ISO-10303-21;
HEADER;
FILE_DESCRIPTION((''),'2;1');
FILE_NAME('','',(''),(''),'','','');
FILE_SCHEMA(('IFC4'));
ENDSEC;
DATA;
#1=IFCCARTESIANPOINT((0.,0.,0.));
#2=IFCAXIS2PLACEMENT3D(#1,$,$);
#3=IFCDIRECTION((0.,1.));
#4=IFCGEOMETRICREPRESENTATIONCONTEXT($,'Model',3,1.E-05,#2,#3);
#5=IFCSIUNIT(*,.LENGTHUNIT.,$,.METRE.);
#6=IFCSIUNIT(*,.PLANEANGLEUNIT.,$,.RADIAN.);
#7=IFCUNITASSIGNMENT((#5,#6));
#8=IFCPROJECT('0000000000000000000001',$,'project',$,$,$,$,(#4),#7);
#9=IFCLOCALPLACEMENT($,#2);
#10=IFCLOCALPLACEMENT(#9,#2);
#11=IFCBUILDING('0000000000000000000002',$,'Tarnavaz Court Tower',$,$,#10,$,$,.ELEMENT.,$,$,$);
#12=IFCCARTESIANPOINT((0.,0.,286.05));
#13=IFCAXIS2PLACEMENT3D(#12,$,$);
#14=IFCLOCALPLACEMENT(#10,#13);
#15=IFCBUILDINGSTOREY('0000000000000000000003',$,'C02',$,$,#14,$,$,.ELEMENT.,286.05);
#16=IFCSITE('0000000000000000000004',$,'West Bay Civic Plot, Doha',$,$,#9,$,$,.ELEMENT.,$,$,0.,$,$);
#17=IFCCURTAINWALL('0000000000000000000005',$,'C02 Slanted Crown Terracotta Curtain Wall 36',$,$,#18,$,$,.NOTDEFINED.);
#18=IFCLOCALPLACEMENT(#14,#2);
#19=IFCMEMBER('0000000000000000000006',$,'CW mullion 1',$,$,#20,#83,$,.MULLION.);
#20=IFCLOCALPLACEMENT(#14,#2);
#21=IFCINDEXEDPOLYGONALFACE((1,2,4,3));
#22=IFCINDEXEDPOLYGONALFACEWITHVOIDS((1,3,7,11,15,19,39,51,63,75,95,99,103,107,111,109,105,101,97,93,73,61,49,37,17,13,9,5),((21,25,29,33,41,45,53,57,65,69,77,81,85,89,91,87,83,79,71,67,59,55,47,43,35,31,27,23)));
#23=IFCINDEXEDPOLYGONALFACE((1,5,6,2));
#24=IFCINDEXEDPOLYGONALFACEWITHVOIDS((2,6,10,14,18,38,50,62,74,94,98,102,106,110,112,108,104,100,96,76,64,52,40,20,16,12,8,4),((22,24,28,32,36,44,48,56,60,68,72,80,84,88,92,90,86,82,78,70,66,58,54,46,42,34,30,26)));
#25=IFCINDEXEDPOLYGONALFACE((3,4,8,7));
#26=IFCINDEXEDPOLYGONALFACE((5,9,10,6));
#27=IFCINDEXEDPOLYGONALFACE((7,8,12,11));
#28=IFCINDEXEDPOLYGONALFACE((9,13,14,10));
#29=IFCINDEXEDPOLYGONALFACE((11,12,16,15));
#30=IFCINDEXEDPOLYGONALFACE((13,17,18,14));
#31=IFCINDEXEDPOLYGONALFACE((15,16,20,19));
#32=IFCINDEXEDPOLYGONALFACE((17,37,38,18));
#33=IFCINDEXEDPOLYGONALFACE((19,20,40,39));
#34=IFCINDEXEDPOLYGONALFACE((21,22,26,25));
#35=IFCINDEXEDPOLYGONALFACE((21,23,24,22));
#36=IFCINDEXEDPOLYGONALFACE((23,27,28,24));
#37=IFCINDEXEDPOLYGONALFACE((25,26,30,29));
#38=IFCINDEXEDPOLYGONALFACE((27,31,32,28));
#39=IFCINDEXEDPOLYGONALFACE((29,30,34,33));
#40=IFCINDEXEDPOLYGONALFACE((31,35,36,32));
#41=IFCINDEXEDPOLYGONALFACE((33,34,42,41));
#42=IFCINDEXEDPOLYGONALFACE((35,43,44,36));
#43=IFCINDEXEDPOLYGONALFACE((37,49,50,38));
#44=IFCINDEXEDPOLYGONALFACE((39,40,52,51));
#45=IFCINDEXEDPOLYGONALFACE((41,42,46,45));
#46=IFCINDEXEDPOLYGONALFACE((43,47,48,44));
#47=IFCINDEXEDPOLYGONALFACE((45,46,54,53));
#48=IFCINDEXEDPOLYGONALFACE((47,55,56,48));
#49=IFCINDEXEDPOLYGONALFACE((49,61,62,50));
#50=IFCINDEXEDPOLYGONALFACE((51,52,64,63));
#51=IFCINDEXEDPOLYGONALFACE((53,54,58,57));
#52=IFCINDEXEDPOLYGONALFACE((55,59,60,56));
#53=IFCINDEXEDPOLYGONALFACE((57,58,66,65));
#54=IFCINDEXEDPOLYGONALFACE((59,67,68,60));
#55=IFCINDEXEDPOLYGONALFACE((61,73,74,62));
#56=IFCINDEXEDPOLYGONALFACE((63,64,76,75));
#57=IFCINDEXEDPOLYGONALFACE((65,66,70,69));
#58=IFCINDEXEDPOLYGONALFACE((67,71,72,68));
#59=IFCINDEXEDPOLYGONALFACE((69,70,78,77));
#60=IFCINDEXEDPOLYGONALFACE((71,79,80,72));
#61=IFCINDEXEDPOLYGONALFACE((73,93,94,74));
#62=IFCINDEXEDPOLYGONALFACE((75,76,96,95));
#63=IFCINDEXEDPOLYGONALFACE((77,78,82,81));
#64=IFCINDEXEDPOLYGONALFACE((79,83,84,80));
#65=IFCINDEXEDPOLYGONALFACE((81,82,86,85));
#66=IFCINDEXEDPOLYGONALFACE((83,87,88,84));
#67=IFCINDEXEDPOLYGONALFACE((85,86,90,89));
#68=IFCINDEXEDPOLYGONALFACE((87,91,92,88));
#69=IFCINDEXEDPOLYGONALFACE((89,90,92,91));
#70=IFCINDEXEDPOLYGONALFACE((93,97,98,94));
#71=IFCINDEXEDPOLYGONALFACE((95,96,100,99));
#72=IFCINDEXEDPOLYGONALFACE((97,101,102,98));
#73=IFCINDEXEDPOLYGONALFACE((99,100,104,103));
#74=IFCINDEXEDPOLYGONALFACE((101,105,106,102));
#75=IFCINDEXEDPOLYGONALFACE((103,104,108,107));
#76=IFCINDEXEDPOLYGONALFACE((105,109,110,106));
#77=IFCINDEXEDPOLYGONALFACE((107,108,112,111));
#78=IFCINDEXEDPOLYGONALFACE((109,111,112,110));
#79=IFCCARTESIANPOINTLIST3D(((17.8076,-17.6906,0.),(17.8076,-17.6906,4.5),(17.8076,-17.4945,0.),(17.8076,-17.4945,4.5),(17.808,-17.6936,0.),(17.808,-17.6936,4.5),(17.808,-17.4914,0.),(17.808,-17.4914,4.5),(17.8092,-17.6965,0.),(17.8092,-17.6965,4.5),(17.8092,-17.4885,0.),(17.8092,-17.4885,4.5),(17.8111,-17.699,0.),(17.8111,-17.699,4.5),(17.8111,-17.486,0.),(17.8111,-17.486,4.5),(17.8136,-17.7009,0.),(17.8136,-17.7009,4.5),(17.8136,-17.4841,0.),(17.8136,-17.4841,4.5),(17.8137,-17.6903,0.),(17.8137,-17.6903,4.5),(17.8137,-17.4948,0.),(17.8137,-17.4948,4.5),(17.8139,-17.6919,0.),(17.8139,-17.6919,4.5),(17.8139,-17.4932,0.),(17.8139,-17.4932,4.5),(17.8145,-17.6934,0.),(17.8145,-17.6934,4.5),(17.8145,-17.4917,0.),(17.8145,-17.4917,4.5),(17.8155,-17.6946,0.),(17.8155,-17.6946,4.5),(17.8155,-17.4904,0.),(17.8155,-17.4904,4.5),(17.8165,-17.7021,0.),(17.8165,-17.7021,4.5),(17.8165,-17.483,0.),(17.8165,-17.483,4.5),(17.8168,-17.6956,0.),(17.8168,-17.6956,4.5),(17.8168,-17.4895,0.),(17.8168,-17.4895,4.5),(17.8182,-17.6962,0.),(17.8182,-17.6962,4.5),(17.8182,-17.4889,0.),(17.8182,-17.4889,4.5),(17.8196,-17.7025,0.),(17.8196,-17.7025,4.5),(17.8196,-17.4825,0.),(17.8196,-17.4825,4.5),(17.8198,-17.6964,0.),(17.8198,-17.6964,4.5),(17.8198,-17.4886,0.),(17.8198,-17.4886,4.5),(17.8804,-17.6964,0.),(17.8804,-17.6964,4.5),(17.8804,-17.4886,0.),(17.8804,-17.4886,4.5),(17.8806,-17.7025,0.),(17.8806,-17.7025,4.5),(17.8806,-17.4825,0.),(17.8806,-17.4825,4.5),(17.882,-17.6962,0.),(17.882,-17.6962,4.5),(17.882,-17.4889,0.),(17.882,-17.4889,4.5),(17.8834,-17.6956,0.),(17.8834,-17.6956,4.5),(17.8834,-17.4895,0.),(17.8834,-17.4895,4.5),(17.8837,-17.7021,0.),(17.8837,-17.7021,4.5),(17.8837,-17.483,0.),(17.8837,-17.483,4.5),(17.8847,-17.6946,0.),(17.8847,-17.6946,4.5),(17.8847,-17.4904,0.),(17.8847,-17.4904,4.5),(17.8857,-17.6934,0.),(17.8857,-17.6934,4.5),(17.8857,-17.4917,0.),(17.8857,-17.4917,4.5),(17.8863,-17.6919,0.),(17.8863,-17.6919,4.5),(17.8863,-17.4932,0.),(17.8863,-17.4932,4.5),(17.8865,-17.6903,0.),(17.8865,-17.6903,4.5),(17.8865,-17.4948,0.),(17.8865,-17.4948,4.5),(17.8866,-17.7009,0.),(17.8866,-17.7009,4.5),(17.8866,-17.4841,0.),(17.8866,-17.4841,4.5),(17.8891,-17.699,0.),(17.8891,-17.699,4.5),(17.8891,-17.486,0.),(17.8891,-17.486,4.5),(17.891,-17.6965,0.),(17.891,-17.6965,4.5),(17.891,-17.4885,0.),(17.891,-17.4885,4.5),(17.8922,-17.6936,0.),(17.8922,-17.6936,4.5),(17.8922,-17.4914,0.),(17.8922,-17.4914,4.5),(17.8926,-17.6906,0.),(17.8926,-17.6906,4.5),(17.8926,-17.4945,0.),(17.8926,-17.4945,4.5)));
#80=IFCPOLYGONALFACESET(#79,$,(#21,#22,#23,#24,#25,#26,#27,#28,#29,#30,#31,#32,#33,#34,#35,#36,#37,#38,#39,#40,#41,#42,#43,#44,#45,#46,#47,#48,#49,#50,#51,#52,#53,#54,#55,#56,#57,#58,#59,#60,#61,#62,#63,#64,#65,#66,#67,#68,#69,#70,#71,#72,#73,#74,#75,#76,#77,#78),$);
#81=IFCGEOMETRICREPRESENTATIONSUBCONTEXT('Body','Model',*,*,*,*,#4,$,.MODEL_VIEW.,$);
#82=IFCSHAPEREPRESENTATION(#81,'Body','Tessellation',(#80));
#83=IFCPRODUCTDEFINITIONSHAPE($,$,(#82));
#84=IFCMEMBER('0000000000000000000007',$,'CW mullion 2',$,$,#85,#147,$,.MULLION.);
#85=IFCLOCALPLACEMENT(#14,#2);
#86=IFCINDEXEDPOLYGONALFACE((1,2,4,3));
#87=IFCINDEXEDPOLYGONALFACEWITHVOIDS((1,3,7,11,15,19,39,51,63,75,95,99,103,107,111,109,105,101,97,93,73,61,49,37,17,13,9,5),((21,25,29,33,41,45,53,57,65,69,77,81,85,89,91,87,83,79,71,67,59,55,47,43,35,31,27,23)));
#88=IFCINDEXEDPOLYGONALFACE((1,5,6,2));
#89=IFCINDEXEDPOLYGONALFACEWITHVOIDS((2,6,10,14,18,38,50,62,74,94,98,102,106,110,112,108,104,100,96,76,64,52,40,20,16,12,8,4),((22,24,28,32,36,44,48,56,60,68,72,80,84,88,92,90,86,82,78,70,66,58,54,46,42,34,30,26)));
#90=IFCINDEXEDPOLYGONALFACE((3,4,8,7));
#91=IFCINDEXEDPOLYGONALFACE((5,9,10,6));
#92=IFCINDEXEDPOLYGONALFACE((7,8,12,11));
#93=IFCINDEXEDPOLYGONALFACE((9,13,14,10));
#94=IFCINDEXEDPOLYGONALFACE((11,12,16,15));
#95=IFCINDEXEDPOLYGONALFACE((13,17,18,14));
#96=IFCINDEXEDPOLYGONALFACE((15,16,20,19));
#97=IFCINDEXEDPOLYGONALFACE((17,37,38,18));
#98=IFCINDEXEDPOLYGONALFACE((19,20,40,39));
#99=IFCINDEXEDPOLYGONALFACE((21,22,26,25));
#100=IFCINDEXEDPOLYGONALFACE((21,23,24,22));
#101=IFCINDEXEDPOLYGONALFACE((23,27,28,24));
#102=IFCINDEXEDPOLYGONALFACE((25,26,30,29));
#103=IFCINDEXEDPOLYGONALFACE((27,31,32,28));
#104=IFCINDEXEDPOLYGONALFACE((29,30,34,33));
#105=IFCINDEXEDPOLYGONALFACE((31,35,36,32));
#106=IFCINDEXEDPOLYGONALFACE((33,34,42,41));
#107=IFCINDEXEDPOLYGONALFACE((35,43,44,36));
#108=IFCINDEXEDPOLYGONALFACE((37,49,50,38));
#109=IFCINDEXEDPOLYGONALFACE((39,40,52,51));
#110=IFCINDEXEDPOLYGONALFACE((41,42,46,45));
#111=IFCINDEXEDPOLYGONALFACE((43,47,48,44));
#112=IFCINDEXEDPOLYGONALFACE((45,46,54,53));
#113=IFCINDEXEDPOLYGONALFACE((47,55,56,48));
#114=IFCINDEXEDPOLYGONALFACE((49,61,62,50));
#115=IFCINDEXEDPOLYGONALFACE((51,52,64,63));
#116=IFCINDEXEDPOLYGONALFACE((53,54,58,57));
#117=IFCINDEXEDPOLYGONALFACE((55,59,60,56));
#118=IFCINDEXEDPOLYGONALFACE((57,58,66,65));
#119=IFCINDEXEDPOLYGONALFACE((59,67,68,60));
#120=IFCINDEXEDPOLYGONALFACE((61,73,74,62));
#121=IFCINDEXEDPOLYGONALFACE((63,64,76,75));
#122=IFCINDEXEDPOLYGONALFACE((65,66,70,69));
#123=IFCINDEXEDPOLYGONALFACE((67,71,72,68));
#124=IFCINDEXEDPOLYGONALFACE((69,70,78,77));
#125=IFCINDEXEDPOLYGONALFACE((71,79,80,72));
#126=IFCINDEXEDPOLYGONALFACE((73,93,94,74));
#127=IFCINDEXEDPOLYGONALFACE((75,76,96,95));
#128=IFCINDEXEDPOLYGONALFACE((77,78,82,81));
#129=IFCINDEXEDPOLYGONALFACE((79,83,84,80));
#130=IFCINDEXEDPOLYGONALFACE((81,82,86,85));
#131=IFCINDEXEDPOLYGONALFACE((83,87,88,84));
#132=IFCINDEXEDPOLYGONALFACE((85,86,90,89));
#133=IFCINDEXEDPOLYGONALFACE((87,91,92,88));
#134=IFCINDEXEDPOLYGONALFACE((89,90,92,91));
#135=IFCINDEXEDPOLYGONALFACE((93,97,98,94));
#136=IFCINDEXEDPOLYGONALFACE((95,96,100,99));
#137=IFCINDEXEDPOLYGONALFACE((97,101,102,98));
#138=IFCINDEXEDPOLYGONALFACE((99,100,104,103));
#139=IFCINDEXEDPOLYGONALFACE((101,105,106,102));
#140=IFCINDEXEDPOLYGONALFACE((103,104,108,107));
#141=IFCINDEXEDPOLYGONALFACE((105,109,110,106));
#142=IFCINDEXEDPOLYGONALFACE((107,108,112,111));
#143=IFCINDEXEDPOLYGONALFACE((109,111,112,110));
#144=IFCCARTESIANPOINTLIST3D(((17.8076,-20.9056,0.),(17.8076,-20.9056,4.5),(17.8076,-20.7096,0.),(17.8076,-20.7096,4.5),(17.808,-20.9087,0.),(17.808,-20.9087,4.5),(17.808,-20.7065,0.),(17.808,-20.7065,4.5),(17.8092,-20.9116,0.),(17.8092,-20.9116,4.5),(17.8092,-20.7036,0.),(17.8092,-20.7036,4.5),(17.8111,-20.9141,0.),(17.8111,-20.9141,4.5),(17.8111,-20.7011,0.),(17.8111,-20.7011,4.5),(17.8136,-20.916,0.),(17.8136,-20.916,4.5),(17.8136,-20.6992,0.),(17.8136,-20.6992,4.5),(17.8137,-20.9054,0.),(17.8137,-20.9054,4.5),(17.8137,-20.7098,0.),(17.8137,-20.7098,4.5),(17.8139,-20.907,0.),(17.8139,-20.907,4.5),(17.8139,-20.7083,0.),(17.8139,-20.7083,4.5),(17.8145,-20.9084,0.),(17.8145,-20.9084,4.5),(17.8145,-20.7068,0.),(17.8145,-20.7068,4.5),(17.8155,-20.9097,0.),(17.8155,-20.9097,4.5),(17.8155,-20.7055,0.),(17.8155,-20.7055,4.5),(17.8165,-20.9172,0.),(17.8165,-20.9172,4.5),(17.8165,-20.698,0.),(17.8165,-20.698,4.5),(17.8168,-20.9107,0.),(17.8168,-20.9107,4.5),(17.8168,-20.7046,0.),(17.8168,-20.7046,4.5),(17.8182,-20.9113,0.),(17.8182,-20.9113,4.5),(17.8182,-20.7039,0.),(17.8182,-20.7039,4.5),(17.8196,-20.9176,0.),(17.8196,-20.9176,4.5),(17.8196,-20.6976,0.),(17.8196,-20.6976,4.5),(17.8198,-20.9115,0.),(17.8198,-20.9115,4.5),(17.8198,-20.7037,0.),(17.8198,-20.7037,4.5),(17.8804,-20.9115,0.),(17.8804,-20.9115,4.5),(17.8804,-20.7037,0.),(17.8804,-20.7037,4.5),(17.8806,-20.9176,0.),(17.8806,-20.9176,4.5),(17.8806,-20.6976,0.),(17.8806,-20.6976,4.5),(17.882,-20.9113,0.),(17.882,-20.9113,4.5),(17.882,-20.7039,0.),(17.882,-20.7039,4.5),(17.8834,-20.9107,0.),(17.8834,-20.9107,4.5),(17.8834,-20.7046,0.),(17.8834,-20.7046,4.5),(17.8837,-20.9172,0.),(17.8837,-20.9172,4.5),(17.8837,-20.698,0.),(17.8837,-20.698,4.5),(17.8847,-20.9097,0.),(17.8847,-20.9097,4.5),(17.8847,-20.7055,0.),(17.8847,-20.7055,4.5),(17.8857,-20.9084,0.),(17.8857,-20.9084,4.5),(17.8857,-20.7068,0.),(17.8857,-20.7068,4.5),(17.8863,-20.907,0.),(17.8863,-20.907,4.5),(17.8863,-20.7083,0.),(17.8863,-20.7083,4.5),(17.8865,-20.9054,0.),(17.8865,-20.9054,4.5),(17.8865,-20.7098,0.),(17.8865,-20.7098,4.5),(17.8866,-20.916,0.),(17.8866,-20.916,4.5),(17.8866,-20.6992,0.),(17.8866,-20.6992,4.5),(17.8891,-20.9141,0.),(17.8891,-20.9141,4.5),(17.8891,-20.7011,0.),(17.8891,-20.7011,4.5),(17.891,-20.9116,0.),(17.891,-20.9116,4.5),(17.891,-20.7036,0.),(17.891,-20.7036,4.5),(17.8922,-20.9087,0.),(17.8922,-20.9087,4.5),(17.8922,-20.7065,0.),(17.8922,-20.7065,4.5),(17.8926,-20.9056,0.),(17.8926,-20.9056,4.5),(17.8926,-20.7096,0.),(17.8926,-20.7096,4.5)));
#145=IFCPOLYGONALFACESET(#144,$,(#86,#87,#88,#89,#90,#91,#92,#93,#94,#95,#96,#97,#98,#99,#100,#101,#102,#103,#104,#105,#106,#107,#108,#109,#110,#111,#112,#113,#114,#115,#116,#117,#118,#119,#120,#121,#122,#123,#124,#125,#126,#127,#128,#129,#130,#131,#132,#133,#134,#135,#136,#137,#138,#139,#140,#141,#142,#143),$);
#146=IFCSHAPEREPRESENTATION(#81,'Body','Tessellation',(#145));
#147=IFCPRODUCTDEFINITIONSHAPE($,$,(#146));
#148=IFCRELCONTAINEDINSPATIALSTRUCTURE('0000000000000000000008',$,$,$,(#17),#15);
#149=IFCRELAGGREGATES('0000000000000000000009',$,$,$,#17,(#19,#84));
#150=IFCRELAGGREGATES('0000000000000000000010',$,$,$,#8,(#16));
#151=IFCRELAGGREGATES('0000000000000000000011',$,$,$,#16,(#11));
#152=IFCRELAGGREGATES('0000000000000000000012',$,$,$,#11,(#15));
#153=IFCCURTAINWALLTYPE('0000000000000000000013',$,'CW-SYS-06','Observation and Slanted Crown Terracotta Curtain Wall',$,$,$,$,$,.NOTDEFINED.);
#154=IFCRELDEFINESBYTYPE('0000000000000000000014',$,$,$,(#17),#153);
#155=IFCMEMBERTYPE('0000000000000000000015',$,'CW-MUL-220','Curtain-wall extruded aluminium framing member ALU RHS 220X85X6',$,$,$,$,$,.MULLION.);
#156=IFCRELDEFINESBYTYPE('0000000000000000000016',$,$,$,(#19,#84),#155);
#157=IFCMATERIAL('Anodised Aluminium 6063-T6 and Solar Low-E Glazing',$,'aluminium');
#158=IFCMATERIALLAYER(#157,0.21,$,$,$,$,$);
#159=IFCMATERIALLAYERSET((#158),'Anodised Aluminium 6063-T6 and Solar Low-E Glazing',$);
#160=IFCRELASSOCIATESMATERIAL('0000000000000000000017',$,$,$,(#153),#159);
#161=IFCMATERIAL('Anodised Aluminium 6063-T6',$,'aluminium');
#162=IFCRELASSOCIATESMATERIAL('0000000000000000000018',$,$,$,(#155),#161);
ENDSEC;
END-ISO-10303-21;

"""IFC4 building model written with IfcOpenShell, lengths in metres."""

from ifc_helpers import new_model, si_unit, direction, frame, origin, origin_2d, place, context, subcontext, project, spatial, hollow_rectangle, extrude, material, layer, layer_set, material_profile, profile_set, type_object, element, aggregate, save


model = new_model("IFC4")

# Units and contexts
model_context = context("Model", 3, precision=1e-05, world=origin(), true_north=direction((0.0, 1.0)))
body_context = subcontext(model_context, "Body", "Model", "MODEL_VIEW")
ifc_project = project(units=[si_unit("LENGTHUNIT", "METRE"), si_unit("PLANEANGLEUNIT", "RADIAN")], contexts=[model_context])

# Site, building, storey
site_placement = place(None, origin())
site = spatial("IfcSite", under=ifc_project, at=site_placement, Name="West Bay Civic Plot, Doha", CompositionType="ELEMENT", RefElevation=0.0)
building_placement = place(site_placement, origin())
building = spatial("IfcBuilding", under=site, at=building_placement, Name="Tarnavaz Court Tower", CompositionType="ELEMENT")
storey_placement = place(building_placement, frame((0.0, 0.0, 286.05)))
storey = spatial("IfcBuildingStorey", under=building, at=storey_placement, Name="C02", CompositionType="ELEMENT", Elevation=286.05)

# Shared definitions
ifc_material_1 = material(Name="Anodised Aluminium 6063-T6 and Solar Low-E Glazing", Category="aluminium")
ifc_layer_1 = layer(ifc_material_1, 0.21)
ifc_layer_set_1 = layer_set([ifc_layer_1], Name="Anodised Aluminium 6063-T6 and Solar Low-E Glazing")
curtain_wall_type = type_object("IfcCurtainWallType", Name="CW-SYS-06", Description="Observation and Slanted Crown Terracotta Curtain Wall", PredefinedType="NOTDEFINED", material=ifc_layer_set_1)
ifc_material_2 = material(Name="Anodised Aluminium 6063-T6", Category="aluminium")
ifc_material_profile_1 = material_profile(ifc_material_2, hollow_rectangle(XDim=0.085, YDim=0.22, WallThickness=0.0061, InnerFilletRadius=0.0061, OuterFilletRadius=0.012, at=origin_2d()), Name="ALU RHS 220X85X6")
ifc_profile_set_1 = profile_set([ifc_material_profile_1], Name="Anodised Aluminium 6063-T6")
member_type_1 = type_object("IfcMemberType", Name="CW-MUL-220", Description="Curtain-wall extruded aluminium framing member ALU RHS 220X85X6", PredefinedType="MULLION", material=ifc_profile_set_1)

# Curtain wall, members
curtain_wall_1_placement = place(storey_placement, origin())
curtain_wall_1 = element("IfcCurtainWall", 1, at=curtain_wall_1_placement, inside=storey, type_object=curtain_wall_type, Name="C02 Slanted Crown Terracotta Curtain Wall 36", PredefinedType="NOTDEFINED")
member_1_placement = place(storey_placement, frame((17.8501, -17.5925, 0.0), z_axis=(0.0, 0.0, 1.0), x_axis=(1.0, 0.0, 0.0)))
member_1 = element("IfcMember", 2, at=member_1_placement, type_object=member_type_1, Name="CW mullion 1", PredefinedType="MULLION", context=body_context, shape_type="SweptSolid", body=[
    extrude(hollow_rectangle(XDim=0.085, YDim=0.22, WallThickness=0.0061, InnerFilletRadius=0.0061, OuterFilletRadius=0.012, at=origin_2d()), origin(), (0.0, 0.0, 1.0), 4.5),
])
member_2_placement = place(storey_placement, frame((17.8501, -20.8076, 0.0), z_axis=(0.0, 0.0, 1.0), x_axis=(1.0, 0.0, 0.0)))
member_2 = element("IfcMember", 3, at=member_2_placement, type_object=member_type_1, Name="CW mullion 2", PredefinedType="MULLION", context=body_context, shape_type="SweptSolid", body=[
    extrude(hollow_rectangle(XDim=0.085, YDim=0.22, WallThickness=0.0061, InnerFilletRadius=0.0061, OuterFilletRadius=0.012, at=origin_2d()), origin(), (0.0, 0.0, 1.0), 4.5),
])

aggregate(curtain_wall_1, [member_1, member_2])

save(model, "model.ifc")
